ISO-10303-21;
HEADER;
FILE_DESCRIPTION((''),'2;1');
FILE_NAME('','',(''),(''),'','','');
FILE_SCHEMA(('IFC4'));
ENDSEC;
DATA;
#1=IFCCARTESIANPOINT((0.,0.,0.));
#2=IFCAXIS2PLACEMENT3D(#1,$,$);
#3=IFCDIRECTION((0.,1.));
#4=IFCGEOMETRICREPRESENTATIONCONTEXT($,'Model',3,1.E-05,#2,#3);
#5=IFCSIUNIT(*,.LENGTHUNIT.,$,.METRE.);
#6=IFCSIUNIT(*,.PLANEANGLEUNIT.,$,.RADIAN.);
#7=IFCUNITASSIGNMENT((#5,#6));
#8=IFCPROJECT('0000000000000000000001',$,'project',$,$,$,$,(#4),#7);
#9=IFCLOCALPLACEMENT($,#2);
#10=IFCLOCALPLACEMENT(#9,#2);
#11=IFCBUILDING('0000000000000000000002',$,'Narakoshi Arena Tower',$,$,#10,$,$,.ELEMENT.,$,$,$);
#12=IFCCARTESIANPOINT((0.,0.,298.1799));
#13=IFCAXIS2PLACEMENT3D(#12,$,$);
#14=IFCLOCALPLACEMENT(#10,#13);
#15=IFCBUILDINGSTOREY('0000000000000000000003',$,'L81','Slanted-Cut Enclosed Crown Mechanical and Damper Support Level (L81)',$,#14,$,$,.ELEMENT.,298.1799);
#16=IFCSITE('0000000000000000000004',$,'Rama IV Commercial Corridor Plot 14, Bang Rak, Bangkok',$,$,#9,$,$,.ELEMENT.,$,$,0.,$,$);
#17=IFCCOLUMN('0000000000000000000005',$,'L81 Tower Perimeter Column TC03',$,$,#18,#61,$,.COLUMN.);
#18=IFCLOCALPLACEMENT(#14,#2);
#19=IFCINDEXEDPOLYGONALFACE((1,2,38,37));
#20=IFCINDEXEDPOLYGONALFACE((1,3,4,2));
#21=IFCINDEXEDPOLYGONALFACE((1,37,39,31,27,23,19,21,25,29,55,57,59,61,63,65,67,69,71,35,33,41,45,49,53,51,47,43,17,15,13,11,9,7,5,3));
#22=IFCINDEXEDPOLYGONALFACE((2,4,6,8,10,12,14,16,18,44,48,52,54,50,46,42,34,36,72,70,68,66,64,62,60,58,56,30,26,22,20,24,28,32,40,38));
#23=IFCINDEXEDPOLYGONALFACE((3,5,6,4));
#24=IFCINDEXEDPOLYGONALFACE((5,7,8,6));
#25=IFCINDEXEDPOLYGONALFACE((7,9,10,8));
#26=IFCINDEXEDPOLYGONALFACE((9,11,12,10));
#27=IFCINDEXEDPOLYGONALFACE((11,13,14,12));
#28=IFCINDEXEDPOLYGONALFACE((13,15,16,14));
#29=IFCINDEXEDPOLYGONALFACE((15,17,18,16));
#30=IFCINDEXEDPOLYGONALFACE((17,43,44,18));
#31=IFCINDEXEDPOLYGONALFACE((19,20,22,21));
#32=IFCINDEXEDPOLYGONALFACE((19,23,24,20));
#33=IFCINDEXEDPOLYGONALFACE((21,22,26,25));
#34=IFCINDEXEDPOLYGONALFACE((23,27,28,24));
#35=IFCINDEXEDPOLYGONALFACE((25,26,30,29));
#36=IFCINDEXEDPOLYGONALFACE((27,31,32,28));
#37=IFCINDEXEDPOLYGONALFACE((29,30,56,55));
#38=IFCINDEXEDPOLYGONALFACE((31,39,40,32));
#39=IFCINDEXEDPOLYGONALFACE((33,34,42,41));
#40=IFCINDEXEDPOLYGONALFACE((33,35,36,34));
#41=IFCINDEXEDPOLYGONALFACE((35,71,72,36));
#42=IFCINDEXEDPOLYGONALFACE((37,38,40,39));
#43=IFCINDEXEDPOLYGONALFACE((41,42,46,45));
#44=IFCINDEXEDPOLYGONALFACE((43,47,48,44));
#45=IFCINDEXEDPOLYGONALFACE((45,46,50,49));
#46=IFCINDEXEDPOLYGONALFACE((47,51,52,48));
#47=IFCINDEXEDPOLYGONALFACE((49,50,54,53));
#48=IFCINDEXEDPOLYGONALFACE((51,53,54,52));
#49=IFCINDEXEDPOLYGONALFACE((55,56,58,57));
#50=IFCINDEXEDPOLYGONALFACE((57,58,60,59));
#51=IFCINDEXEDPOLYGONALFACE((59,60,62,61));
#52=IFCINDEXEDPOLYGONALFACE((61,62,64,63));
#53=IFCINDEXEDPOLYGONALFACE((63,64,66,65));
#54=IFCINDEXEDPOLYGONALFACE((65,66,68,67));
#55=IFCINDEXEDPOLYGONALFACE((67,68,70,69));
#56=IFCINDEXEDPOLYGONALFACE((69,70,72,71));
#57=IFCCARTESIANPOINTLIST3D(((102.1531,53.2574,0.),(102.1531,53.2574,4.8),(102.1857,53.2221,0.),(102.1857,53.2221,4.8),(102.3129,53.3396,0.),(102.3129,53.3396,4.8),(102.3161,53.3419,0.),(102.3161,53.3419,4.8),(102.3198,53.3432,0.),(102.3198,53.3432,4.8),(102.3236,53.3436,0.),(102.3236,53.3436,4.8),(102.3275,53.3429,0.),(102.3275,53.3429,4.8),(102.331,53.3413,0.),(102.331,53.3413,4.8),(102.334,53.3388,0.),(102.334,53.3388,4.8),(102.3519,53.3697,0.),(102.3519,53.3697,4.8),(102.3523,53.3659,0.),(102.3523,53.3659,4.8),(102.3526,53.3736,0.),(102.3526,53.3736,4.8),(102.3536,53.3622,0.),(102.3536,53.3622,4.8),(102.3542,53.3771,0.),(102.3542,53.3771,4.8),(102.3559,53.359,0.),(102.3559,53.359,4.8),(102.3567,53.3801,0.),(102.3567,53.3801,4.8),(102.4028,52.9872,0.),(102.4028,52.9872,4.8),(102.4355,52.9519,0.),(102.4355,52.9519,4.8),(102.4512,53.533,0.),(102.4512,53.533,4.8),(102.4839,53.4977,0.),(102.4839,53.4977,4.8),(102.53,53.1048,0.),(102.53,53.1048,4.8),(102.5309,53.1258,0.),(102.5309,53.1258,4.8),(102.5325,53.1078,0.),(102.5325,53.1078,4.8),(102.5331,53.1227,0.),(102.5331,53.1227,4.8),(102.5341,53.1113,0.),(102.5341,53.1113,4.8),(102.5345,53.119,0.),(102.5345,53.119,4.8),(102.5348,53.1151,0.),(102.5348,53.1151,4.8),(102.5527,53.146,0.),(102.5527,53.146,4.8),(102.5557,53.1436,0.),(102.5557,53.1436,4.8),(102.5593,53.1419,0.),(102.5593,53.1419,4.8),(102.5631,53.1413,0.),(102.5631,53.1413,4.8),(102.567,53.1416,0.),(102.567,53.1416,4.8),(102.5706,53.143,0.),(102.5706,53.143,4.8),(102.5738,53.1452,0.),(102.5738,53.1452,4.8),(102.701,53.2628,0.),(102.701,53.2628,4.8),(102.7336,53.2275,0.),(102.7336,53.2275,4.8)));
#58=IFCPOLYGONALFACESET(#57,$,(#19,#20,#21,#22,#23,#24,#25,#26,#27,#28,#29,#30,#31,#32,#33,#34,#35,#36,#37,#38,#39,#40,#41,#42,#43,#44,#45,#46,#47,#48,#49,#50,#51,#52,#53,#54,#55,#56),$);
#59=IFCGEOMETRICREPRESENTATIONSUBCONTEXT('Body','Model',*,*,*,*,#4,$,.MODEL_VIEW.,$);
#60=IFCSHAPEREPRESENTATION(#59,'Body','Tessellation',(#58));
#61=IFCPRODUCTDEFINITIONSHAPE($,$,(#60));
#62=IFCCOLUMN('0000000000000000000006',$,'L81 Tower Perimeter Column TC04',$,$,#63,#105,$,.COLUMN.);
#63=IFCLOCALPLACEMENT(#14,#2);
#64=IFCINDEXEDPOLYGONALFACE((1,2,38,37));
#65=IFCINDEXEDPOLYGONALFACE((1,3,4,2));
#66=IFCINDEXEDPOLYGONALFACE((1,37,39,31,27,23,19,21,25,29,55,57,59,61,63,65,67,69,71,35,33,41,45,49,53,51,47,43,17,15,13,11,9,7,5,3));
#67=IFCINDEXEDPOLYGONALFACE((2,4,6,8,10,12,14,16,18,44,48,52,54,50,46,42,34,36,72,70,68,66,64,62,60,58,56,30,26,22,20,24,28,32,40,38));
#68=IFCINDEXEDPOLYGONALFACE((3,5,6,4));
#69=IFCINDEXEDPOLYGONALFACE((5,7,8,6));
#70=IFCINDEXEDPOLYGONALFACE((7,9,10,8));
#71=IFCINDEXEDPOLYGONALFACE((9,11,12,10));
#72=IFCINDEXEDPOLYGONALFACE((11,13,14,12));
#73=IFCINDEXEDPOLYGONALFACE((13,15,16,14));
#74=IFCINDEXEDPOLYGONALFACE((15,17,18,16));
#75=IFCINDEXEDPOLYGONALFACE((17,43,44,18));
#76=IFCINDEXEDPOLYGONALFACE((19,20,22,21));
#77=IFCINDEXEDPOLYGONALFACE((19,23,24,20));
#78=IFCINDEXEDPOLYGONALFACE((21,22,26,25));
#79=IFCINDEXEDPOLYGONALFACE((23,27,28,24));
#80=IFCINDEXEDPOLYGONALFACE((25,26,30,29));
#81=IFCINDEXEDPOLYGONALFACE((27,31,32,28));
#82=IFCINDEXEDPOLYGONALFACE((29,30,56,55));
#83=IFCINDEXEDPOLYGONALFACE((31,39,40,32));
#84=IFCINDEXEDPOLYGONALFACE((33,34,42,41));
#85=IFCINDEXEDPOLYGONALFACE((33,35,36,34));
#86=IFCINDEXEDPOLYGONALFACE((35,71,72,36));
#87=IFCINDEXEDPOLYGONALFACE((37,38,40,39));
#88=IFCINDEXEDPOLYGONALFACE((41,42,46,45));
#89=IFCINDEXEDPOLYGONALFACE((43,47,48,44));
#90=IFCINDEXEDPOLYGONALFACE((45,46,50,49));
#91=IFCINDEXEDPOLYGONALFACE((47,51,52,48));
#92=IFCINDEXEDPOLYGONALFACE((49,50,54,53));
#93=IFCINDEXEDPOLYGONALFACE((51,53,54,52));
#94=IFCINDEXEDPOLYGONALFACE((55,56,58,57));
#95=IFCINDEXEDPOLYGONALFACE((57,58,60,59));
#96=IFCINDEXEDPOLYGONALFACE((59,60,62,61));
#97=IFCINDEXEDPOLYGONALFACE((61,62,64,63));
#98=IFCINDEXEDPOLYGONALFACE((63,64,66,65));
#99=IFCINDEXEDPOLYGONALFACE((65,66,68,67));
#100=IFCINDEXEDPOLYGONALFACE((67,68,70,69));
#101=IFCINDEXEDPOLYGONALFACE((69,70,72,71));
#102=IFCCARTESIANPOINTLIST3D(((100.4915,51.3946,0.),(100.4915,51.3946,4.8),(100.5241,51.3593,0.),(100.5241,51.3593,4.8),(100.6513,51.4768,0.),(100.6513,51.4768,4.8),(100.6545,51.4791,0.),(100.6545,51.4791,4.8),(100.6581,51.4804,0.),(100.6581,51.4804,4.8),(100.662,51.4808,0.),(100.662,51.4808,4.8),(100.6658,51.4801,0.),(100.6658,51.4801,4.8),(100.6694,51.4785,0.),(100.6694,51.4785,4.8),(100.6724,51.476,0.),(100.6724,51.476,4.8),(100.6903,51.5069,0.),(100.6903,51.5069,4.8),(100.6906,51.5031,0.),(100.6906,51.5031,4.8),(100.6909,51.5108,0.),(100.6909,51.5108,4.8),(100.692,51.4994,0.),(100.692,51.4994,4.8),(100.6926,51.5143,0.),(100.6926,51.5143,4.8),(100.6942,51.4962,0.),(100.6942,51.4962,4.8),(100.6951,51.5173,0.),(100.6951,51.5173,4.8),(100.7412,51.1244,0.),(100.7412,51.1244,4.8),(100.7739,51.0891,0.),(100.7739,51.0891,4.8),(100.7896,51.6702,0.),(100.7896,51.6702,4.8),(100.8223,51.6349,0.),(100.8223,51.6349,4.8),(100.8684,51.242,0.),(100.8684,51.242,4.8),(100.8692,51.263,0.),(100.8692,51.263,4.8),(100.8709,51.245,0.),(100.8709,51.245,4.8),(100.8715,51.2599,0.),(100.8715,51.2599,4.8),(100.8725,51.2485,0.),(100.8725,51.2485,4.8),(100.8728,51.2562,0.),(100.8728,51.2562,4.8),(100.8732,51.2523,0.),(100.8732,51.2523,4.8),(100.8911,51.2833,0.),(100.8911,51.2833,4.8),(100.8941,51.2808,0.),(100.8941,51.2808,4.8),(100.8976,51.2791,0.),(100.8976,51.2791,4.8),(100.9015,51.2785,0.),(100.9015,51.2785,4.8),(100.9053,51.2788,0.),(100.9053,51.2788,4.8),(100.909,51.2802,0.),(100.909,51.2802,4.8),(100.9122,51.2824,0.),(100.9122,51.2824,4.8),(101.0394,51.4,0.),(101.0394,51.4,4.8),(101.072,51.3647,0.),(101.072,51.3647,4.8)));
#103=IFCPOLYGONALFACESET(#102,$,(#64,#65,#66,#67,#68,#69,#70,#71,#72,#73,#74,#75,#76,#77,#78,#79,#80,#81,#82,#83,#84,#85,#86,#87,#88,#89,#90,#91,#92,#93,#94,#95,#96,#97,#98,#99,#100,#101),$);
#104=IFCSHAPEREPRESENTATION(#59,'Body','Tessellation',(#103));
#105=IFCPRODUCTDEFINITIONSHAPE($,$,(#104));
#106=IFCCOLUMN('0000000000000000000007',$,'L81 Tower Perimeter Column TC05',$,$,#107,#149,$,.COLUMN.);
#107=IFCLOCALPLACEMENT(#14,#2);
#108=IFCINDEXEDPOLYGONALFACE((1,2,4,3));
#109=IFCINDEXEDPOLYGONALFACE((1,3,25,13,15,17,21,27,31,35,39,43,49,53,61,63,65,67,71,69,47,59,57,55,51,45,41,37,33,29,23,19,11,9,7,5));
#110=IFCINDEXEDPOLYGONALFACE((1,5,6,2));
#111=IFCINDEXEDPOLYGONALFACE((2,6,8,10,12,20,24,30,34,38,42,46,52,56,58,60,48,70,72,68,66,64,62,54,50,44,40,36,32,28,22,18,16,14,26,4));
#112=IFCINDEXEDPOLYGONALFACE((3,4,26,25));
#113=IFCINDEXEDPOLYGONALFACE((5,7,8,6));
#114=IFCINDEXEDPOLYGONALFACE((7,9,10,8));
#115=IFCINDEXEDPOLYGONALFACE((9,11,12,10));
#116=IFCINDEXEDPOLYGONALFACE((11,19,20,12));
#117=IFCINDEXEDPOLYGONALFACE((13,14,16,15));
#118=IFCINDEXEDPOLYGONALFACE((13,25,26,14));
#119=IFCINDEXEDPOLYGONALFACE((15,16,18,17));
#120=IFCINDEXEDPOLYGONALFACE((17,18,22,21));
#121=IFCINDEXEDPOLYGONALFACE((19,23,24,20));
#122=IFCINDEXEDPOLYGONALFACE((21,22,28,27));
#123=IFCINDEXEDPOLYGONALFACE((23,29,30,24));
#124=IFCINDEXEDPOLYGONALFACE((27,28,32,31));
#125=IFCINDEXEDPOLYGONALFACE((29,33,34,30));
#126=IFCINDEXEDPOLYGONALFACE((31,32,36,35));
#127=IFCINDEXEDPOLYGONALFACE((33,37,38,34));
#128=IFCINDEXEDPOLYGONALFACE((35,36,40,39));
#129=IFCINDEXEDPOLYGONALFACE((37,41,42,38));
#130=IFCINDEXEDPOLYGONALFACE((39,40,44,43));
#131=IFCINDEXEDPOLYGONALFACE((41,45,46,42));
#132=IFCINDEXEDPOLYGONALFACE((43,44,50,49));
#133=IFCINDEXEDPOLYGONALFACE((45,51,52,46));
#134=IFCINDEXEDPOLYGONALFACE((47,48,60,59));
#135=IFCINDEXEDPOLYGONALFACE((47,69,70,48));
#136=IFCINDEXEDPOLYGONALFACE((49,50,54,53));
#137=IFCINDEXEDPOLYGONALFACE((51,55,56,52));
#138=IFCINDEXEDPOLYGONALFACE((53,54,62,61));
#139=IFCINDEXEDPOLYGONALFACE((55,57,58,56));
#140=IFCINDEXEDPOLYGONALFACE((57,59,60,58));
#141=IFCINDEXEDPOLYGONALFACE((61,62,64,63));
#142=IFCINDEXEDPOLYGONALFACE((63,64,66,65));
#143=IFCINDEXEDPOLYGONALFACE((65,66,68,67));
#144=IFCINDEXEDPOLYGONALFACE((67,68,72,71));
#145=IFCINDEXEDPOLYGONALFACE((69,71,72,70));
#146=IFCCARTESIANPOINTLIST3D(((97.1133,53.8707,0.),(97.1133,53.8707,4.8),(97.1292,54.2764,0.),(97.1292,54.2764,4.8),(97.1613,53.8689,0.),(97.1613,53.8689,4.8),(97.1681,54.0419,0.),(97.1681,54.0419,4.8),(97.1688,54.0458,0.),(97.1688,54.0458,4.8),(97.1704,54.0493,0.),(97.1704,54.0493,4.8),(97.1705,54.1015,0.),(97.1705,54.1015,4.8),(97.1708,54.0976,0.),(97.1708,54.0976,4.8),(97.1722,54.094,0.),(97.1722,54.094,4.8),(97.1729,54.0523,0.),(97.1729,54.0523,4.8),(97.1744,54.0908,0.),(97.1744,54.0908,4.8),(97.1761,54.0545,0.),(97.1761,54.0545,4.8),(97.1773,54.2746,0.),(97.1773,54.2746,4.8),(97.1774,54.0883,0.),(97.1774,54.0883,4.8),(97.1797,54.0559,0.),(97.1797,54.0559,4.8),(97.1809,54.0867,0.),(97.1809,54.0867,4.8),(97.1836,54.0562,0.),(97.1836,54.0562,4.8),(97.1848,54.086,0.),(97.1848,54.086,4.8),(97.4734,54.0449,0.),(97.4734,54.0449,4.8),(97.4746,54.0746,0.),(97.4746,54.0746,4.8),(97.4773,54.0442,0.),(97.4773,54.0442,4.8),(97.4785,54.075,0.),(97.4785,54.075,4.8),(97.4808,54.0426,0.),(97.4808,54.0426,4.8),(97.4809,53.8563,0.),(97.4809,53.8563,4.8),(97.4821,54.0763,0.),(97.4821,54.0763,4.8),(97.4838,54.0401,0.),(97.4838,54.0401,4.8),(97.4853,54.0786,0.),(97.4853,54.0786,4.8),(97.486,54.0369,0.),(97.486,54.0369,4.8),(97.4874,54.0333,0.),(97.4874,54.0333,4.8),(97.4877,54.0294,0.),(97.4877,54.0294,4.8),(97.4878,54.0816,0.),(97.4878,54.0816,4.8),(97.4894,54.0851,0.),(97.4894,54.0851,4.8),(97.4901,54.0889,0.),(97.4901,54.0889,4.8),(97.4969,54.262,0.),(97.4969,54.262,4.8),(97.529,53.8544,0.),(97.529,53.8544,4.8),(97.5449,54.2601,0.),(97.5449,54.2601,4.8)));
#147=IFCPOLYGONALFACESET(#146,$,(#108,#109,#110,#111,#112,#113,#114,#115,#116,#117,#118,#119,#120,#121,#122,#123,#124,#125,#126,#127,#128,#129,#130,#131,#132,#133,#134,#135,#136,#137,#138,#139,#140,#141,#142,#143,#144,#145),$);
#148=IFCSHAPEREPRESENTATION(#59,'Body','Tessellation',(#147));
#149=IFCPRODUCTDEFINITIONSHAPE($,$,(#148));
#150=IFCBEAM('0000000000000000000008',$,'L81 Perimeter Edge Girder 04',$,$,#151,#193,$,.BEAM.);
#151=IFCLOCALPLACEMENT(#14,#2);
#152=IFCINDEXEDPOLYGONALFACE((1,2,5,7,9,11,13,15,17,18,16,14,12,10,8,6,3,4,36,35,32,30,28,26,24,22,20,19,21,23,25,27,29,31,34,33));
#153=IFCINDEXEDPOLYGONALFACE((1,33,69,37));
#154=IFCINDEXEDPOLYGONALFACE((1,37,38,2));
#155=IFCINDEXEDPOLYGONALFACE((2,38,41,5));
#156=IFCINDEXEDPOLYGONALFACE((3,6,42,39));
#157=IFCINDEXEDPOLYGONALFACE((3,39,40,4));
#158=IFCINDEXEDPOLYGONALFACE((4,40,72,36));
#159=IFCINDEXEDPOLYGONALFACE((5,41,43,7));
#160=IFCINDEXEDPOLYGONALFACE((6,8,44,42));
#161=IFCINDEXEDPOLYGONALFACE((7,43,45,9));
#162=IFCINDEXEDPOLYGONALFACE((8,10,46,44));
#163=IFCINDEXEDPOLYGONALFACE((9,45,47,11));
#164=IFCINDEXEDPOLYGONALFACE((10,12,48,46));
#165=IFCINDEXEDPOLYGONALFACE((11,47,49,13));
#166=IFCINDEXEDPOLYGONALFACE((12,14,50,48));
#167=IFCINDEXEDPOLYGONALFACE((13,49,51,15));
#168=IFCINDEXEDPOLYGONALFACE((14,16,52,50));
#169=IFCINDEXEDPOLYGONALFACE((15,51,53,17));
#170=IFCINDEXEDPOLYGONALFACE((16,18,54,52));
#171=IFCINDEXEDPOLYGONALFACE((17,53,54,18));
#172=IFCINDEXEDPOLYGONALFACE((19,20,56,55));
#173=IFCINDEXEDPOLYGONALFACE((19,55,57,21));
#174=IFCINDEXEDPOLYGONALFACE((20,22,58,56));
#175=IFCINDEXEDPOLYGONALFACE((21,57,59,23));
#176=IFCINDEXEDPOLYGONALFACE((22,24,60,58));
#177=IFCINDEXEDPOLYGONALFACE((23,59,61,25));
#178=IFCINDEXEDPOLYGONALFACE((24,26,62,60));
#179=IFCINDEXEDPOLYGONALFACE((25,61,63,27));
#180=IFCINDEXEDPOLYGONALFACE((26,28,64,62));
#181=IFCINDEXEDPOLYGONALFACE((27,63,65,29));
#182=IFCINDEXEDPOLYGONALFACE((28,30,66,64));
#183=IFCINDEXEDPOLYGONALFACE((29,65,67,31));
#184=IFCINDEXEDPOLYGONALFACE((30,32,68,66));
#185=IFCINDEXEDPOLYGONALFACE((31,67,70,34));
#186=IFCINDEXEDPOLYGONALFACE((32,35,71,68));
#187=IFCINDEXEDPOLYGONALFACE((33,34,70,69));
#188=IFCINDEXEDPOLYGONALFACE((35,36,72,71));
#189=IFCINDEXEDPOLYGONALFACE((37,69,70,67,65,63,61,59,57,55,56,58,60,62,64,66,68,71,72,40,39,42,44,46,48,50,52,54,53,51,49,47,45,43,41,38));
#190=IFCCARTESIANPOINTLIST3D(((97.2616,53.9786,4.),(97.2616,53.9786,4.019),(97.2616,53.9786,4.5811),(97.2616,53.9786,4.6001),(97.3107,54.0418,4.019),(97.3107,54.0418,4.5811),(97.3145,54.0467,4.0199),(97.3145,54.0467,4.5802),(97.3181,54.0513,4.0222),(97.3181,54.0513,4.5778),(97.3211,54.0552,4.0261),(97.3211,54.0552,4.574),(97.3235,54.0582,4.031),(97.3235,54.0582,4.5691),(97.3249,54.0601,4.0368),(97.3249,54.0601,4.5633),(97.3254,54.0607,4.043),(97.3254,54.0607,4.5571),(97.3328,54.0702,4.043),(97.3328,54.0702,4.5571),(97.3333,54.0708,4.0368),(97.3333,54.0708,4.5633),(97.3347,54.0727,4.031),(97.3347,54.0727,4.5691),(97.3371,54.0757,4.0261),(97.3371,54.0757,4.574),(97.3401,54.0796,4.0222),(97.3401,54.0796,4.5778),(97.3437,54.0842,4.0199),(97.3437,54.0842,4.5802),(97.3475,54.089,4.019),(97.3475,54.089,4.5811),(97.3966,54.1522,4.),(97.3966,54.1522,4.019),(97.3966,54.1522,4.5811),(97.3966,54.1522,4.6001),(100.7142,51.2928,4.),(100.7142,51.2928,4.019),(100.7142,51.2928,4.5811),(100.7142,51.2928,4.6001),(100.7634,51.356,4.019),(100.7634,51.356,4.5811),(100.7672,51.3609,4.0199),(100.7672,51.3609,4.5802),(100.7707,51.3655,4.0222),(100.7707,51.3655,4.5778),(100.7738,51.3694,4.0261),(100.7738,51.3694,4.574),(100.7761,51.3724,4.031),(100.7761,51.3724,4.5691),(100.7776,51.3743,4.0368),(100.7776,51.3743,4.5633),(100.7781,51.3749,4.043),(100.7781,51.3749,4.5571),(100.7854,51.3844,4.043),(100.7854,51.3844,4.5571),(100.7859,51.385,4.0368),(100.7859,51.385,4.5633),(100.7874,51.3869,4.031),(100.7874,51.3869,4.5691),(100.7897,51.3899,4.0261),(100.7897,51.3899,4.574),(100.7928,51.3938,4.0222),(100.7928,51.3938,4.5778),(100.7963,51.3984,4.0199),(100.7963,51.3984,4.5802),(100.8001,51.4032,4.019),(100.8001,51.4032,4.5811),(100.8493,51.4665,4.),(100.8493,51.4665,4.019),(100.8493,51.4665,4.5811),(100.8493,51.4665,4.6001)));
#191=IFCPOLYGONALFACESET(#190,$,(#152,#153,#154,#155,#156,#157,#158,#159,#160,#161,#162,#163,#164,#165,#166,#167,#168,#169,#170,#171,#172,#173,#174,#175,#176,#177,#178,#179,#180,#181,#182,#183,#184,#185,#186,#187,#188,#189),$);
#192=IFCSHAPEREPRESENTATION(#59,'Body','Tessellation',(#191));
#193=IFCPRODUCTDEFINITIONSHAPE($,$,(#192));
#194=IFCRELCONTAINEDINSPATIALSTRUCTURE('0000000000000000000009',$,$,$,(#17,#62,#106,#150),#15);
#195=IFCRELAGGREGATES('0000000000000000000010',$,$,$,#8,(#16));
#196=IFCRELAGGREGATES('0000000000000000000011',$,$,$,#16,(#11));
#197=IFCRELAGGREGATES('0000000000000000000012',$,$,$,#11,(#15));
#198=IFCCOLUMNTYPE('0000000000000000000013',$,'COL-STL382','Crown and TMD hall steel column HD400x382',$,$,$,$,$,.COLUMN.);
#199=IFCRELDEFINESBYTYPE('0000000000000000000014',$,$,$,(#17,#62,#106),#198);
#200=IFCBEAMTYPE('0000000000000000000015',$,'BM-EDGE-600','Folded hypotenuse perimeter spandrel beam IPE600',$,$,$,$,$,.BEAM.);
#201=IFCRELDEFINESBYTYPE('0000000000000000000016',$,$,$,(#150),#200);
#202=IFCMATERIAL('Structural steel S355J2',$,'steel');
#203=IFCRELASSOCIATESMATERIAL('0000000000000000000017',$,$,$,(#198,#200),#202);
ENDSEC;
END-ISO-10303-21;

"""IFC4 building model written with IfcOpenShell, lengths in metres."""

from ifc_helpers import new_model, si_unit, direction, frame, origin, origin_2d, place, context, subcontext, project, spatial, i_section, extrude, material, material_profile, profile_set, type_object, element, save


model = new_model("IFC4")

# Units and contexts
model_context = context("Model", 3, precision=1e-05, world=origin(), true_north=direction((0.0, 1.0)))
body_context = subcontext(model_context, "Body", "Model", "MODEL_VIEW")
ifc_project = project(units=[si_unit("LENGTHUNIT", "METRE"), si_unit("PLANEANGLEUNIT", "RADIAN")], contexts=[model_context])

# Site, building, storey
site_placement = place(None, origin())
site = spatial("IfcSite", under=ifc_project, at=site_placement, Name="Rama IV Commercial Corridor Plot 14, Bang Rak, Bangkok", CompositionType="ELEMENT", RefElevation=0.0)
building_placement = place(site_placement, origin())
building = spatial("IfcBuilding", under=site, at=building_placement, Name="Narakoshi Arena Tower", CompositionType="ELEMENT")
storey_placement = place(building_placement, frame((0.0, 0.0, 298.1799)))
storey = spatial("IfcBuildingStorey", under=building, at=storey_placement, Name="L81", Description="Slanted-Cut Enclosed Crown Mechanical and Damper Support Level (L81)", CompositionType="ELEMENT", Elevation=298.1799)

# Columns
ifc_material_1 = material(Name="Structural steel S355J2", Category="steel")
ifc_material_profile_1 = material_profile(ifc_material_1, i_section(OverallWidth=0.406, OverallDepth=0.416, WebThickness=0.0298, FlangeThickness=0.0481, FilletRadius=0.0149, at=origin_2d()), Name="HD400x382")
ifc_profile_set_1 = profile_set([ifc_material_profile_1], Name="Structural steel S355J2")
column_type = type_object("IfcColumnType", Name="COL-STL382", Description="Crown and TMD hall steel column HD400x382", PredefinedType="COLUMN", material=ifc_profile_set_1)
for number, where, z_axis, x_axis, name in (
    (1, (102.4434, 53.2424, 0.0), (0.0, 0.0, 1.0), (0.734323, 0.678801, 0.0), "L81 Tower Perimeter Column TC03"),
    (2, (100.7817, 51.3796, 0.0), (0.0, 0.0, 1.0), (0.734323, 0.678801, 0.0), "L81 Tower Perimeter Column TC04"),
    (3, (97.3291, 54.0654, 0.0), (0.0, 0.0, 1.0), (0.03926, 0.999229, 0.0), "L81 Tower Perimeter Column TC05"),
):
    element("IfcColumn", number, at=place(storey_placement, frame(where, z_axis=z_axis, x_axis=x_axis)), inside=storey, type_object=column_type, Name=name, PredefinedType="COLUMN", context=body_context, shape_type="SweptSolid", body=[
        extrude(i_section(OverallWidth=0.406, OverallDepth=0.416, WebThickness=0.0298, FlangeThickness=0.0481, FilletRadius=0.0149, at=origin_2d()), origin(), (0.0, 0.0, 1.0), 4.8),
    ])

# Beam
ifc_material_profile_2 = material_profile(ifc_material_1, i_section(OverallWidth=0.22, OverallDepth=0.6001, WebThickness=0.012, FlangeThickness=0.019, FilletRadius=0.0239, at=origin_2d()), Name="IPE600")
ifc_profile_set_2 = profile_set([ifc_material_profile_2], Name="Structural steel S355J2")
beam_type = type_object("IfcBeamType", Name="BM-EDGE-600", Description="Folded hypotenuse perimeter spandrel beam IPE600", PredefinedType="BEAM", material=ifc_profile_set_2)
beam_1_placement = place(storey_placement, frame((100.7817, 51.3796, 4.3), z_axis=(-0.789307, 0.613999, 0.0), x_axis=(-0.613999, -0.789307, 0.0)))
element("IfcBeam", 4, at=beam_1_placement, inside=storey, type_object=beam_type, Name="L81 Perimeter Edge Girder 04", PredefinedType="BEAM", context=body_context, shape_type="SweptSolid", body=[
    extrude(i_section(OverallWidth=0.22, OverallDepth=0.6001, WebThickness=0.012, FlangeThickness=0.019, FilletRadius=0.0239, at=origin_2d()), origin(), (0.0, 0.0, 1.0), 4.3743),
])

save(model, "model.ifc")
